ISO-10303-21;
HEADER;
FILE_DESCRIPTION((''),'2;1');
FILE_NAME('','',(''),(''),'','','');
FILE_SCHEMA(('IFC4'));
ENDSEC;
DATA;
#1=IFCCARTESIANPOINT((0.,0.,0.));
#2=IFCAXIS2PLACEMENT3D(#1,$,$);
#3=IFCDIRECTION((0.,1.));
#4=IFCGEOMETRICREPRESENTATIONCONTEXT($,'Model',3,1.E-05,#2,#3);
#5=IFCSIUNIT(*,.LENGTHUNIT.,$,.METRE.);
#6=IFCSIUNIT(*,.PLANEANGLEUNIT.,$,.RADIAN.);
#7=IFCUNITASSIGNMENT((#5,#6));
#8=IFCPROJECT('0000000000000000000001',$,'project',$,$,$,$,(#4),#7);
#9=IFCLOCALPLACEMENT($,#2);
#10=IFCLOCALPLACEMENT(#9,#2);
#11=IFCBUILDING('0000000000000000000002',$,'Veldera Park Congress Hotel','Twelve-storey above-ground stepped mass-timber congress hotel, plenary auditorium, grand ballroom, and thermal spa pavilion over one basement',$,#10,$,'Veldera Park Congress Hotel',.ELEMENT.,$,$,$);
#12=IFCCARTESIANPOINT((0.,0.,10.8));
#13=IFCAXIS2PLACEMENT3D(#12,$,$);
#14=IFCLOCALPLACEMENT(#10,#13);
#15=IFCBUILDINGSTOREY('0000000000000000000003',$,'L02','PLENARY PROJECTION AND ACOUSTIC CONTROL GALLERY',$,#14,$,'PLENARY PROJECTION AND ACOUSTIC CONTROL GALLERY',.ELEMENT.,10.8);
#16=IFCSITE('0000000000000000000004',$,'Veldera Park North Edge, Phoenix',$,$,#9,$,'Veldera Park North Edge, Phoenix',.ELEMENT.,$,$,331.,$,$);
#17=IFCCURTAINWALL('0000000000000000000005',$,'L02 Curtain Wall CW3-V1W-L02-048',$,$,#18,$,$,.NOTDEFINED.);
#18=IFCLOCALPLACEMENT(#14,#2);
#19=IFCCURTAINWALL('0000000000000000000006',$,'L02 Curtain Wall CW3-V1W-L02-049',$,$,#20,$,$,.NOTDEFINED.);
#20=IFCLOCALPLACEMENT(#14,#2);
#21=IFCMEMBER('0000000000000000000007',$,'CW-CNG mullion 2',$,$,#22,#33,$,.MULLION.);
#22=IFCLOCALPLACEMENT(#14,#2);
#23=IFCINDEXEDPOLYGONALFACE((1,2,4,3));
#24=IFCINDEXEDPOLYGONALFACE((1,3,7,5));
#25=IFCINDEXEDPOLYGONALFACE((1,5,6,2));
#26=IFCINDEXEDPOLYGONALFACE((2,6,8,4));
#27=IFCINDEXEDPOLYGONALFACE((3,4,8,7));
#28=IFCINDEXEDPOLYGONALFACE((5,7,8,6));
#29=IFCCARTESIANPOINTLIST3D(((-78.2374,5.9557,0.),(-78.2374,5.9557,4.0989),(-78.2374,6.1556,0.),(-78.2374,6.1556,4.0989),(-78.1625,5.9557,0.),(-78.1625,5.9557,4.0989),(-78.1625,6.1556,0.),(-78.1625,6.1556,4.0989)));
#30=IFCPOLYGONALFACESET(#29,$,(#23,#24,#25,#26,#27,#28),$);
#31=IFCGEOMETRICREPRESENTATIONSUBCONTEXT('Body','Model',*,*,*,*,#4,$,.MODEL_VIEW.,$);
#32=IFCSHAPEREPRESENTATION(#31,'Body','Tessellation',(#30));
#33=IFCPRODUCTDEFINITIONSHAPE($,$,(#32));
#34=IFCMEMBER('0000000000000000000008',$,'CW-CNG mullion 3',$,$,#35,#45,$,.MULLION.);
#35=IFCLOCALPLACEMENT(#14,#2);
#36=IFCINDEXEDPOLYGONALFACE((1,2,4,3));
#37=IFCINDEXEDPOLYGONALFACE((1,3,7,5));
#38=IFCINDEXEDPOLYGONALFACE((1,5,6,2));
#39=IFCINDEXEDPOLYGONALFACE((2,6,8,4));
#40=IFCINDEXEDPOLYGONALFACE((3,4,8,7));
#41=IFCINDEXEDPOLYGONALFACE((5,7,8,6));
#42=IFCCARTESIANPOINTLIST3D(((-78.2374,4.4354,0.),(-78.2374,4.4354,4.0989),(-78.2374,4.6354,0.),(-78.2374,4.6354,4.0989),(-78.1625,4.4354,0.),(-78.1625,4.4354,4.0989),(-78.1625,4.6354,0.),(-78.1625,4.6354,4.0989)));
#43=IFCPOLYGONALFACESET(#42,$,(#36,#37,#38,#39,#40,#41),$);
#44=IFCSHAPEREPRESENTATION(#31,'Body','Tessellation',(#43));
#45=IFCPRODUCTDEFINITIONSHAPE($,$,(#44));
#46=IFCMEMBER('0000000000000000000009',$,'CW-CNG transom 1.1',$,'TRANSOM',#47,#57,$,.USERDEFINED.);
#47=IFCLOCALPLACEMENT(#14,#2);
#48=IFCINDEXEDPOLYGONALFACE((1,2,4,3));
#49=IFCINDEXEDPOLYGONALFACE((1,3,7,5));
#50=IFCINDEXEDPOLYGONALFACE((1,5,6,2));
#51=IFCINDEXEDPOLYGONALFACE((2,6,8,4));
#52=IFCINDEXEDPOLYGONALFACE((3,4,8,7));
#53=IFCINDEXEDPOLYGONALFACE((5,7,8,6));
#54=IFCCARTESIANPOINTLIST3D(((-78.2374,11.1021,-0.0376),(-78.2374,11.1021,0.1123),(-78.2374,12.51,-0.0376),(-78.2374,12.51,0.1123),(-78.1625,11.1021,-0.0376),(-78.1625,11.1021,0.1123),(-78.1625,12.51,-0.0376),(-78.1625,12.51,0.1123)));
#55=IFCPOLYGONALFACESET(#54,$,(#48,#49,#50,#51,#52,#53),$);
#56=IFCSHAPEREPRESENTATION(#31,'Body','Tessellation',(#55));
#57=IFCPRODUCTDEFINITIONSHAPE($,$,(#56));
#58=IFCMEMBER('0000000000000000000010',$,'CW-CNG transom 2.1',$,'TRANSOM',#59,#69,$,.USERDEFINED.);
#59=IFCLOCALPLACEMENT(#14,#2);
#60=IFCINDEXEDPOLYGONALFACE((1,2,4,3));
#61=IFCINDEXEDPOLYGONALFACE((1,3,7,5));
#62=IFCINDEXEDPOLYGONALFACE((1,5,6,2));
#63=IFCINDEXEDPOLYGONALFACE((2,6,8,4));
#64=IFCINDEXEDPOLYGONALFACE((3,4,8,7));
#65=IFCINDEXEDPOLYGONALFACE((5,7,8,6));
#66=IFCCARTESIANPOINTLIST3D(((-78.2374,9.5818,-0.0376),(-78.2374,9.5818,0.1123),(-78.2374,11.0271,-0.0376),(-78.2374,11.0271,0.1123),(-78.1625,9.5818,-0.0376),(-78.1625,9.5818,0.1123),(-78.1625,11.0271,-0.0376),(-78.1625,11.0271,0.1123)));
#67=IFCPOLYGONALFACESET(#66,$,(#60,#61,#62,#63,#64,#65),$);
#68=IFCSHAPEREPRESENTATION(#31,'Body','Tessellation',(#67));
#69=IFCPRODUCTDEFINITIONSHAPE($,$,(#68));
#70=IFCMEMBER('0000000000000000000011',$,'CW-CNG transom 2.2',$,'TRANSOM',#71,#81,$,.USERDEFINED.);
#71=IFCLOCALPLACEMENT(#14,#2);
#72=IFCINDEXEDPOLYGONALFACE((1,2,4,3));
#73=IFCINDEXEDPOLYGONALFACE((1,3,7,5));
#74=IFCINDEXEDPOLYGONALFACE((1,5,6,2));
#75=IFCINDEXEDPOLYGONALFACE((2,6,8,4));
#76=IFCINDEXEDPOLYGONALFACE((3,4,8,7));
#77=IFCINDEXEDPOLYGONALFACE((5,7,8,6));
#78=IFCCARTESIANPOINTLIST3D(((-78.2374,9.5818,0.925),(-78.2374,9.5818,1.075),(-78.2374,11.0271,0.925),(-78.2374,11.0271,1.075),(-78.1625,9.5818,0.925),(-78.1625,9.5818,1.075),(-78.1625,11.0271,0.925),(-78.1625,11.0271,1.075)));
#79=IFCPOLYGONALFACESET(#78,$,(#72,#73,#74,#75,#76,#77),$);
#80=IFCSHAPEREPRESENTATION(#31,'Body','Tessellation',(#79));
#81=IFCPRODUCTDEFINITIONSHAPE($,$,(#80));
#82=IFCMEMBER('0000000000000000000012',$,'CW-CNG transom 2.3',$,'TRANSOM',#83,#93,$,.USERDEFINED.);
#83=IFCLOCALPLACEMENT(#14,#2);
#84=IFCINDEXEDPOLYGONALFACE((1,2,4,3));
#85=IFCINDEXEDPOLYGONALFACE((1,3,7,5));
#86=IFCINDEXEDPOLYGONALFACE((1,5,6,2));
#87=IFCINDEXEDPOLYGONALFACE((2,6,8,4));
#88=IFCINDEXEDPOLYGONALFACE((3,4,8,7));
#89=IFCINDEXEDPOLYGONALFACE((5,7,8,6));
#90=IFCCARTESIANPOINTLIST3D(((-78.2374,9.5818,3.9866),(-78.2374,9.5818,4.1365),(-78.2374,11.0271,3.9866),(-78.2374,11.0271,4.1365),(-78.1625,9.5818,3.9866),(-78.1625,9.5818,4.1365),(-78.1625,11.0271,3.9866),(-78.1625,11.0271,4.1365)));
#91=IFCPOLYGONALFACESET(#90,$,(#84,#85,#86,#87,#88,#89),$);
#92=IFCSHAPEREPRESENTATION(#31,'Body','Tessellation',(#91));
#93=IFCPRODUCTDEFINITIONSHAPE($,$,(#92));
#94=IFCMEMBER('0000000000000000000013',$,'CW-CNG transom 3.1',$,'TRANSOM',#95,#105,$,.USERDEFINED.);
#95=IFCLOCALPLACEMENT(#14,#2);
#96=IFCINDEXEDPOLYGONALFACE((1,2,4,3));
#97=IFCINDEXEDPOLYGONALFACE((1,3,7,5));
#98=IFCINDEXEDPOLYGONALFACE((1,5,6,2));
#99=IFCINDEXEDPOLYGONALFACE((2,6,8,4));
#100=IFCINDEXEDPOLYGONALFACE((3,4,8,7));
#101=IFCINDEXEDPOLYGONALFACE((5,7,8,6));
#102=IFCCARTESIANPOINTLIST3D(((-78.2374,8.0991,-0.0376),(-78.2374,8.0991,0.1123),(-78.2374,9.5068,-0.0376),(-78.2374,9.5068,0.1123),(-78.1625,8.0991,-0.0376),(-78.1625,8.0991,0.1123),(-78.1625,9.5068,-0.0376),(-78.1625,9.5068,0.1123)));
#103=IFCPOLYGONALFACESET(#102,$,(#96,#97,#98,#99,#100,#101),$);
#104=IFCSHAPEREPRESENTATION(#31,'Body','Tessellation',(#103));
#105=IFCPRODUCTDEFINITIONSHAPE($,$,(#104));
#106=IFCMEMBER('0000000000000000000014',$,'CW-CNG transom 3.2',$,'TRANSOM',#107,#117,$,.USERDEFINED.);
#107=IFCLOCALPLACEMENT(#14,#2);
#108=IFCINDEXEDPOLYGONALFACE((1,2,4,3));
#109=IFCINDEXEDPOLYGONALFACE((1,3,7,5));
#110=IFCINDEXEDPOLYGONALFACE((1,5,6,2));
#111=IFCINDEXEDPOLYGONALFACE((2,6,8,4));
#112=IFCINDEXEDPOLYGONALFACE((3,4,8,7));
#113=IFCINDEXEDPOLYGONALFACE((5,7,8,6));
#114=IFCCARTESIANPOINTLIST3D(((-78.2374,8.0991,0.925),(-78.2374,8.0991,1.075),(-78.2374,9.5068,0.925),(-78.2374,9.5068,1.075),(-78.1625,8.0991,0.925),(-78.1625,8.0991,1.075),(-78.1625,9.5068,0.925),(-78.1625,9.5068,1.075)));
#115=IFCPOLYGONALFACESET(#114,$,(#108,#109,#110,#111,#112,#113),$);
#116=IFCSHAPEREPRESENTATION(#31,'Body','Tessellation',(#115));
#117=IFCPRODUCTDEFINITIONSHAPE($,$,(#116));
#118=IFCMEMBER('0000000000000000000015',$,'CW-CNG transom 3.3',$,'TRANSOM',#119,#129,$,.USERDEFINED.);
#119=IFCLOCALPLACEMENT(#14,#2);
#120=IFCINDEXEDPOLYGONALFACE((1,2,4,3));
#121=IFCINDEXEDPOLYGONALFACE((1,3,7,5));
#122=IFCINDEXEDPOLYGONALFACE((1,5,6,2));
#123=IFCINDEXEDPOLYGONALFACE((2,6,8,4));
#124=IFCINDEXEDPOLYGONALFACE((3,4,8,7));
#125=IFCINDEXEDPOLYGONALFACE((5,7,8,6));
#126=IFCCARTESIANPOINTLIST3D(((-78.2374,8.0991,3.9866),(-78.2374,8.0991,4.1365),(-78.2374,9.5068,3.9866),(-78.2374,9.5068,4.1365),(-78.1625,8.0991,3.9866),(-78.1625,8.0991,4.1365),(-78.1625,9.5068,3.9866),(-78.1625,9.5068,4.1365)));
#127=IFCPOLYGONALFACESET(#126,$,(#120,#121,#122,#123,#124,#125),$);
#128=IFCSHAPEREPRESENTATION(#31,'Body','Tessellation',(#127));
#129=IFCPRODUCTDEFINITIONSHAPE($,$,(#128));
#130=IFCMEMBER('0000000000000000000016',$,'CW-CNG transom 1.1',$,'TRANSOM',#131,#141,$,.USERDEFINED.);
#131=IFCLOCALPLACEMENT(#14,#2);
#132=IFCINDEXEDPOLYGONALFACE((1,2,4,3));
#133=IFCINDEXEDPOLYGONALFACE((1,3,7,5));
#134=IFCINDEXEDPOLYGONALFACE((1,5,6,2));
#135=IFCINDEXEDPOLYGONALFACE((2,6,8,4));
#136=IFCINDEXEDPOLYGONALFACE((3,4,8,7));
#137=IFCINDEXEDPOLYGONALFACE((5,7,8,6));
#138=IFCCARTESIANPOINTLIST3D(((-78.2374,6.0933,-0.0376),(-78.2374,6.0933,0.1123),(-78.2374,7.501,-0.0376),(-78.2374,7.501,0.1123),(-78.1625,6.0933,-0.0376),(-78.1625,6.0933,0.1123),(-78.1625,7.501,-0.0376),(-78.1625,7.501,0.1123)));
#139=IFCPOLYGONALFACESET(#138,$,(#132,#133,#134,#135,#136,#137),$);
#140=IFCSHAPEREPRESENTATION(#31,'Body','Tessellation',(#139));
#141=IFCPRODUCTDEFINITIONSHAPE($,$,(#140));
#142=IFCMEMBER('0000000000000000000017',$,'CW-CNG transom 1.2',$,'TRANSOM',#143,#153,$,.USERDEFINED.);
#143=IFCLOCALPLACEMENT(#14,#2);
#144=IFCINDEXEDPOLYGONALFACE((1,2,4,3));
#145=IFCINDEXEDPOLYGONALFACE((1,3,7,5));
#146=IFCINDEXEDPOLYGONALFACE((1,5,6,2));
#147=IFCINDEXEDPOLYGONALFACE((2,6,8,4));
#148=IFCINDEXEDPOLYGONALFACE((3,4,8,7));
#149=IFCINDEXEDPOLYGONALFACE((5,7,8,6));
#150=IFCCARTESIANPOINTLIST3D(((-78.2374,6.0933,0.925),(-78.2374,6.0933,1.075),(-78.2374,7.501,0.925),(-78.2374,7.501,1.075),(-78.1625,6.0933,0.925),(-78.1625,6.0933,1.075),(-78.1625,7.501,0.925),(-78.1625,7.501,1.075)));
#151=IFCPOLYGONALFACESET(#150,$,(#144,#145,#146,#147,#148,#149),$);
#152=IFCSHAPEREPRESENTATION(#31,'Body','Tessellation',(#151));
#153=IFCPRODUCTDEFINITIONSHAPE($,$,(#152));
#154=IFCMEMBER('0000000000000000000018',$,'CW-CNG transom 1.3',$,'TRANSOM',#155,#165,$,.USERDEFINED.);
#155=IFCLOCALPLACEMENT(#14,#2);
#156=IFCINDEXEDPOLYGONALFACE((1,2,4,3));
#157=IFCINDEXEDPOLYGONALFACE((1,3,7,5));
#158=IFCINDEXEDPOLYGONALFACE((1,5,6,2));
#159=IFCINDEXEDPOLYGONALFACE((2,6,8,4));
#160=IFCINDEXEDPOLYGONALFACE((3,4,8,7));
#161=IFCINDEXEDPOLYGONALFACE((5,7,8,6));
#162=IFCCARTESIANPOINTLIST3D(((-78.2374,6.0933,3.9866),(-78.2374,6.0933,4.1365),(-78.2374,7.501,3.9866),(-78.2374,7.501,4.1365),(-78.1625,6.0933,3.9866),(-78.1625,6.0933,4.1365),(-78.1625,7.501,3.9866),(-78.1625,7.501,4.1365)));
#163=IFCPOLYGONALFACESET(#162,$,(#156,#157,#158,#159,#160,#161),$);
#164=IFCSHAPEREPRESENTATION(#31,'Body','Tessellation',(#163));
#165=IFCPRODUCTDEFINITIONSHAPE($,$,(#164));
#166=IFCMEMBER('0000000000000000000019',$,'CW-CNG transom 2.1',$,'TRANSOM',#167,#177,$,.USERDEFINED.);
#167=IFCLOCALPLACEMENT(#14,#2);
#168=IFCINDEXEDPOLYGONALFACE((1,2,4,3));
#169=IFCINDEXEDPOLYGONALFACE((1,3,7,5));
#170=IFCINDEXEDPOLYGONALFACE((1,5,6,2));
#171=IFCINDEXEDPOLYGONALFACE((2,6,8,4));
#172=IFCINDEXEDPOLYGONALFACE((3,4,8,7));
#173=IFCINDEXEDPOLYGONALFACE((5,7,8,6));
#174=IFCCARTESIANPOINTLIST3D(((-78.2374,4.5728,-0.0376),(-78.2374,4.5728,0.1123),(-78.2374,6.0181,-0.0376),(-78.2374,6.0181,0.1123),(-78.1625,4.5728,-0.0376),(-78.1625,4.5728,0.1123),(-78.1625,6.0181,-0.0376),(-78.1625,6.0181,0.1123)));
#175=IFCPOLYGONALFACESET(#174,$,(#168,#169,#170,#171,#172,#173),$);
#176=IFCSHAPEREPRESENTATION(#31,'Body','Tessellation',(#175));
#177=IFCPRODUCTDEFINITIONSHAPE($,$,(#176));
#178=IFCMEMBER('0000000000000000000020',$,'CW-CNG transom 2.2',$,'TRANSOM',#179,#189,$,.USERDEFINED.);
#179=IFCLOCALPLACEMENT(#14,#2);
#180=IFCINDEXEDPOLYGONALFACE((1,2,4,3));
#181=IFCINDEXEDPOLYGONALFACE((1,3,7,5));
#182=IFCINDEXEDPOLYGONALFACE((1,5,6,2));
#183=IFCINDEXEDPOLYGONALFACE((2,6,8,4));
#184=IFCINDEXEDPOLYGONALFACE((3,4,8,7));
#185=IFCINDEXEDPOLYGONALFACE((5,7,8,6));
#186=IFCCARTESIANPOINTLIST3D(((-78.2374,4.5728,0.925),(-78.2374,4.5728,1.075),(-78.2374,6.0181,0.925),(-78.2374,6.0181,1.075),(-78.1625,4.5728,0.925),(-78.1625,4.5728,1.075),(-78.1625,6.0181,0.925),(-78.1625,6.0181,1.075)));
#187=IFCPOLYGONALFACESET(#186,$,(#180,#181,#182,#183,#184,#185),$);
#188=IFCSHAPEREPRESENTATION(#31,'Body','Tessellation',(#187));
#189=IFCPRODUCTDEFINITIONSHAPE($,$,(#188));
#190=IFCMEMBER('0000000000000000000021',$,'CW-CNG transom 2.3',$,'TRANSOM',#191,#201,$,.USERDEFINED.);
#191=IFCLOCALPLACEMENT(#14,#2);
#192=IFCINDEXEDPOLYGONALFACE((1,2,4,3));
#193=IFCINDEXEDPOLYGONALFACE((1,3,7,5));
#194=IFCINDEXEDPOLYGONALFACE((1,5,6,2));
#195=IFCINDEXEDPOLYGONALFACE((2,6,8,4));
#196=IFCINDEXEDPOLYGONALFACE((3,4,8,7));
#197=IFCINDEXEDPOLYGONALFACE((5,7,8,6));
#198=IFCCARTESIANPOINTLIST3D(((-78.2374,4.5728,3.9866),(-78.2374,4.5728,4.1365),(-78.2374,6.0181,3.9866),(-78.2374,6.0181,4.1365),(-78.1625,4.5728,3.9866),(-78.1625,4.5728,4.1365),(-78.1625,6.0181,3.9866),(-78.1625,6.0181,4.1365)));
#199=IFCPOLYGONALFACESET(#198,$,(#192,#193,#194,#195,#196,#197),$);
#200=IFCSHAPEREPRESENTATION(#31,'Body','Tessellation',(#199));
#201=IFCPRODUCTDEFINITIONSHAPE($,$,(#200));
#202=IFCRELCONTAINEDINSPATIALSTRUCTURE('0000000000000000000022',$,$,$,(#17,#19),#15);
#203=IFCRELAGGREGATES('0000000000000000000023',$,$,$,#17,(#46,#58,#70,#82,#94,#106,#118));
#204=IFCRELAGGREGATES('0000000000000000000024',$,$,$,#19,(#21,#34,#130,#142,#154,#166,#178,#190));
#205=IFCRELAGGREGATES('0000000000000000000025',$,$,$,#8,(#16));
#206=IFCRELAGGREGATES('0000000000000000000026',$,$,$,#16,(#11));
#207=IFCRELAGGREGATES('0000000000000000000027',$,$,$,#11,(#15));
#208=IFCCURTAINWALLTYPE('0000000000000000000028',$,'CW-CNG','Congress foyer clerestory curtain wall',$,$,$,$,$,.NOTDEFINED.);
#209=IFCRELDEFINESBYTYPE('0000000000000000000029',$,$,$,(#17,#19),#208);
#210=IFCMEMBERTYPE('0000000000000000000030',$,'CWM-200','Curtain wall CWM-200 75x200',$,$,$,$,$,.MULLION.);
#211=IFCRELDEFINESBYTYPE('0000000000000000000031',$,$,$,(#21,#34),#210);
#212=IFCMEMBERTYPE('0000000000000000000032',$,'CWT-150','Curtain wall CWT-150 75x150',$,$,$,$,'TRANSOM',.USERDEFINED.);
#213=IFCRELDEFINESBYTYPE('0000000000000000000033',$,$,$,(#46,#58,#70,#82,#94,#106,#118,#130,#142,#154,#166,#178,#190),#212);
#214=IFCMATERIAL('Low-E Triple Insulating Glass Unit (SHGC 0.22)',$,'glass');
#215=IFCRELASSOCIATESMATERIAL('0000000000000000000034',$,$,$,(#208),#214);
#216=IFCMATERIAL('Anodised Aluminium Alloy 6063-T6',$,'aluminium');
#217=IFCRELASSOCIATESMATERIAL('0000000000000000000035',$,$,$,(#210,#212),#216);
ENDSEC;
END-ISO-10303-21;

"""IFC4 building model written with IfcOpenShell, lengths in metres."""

from ifc_helpers import new_model, si_unit, direction, frame, origin, origin_2d, place, context, subcontext, project, spatial, rectangle, extrude, material, material_profile, profile_set, type_object, element, aggregate, save


model = new_model("IFC4")

# Units and contexts
model_context = context("Model", 3, precision=1e-05, world=origin(), true_north=direction((0.0, 1.0)))
body_context = subcontext(model_context, "Body", "Model", "MODEL_VIEW")
ifc_project = project(units=[si_unit("LENGTHUNIT", "METRE"), si_unit("PLANEANGLEUNIT", "RADIAN")], contexts=[model_context])

# Site, building, storey
site_placement = place(None, origin())
site = spatial("IfcSite", under=ifc_project, at=site_placement, Name="Veldera Park North Edge, Phoenix", LongName="Veldera Park North Edge, Phoenix", CompositionType="ELEMENT", RefElevation=331.0)
building_placement = place(site_placement, origin())
building = spatial("IfcBuilding", under=site, at=building_placement, Name="Veldera Park Congress Hotel", Description="Twelve-storey above-ground stepped mass-timber congress hotel, plenary auditorium, grand ballroom, and thermal spa pavilion over one basement", LongName="Veldera Park Congress Hotel", CompositionType="ELEMENT")
storey_placement = place(building_placement, frame((0.0, 0.0, 10.8)))
storey = spatial("IfcBuildingStorey", under=building, at=storey_placement, Name="L02", Description="PLENARY PROJECTION AND ACOUSTIC CONTROL GALLERY", LongName="PLENARY PROJECTION AND ACOUSTIC CONTROL GALLERY", CompositionType="ELEMENT", Elevation=10.8)

# Curtain walls, members
ifc_material_1 = material(Name="Low-E Triple Insulating Glass Unit (SHGC 0.22)", Category="glass")
curtain_wall_type = type_object("IfcCurtainWallType", Name="CW-CNG", Description="Congress foyer clerestory curtain wall", PredefinedType="NOTDEFINED", material=ifc_material_1)
curtain_wall_1_placement = place(storey_placement, origin())
curtain_wall_1 = element("IfcCurtainWall", 1, at=curtain_wall_1_placement, inside=storey, type_object=curtain_wall_type, Name="L02 Curtain Wall CW3-V1W-L02-048", PredefinedType="NOTDEFINED")
ifc_material_2 = material(Name="Anodised Aluminium Alloy 6063-T6", Category="aluminium")
ifc_material_profile_1 = material_profile(ifc_material_2, rectangle(XDim=0.075, YDim=0.2, at=origin_2d()), Name="ALU 75x200")
ifc_profile_set_1 = profile_set([ifc_material_profile_1], Name="Anodised Aluminium Alloy 6063-T6")
member_type_1 = type_object("IfcMemberType", Name="CWM-200", Description="Curtain wall CWM-200 75x200", PredefinedType="MULLION", material=ifc_profile_set_1)
curtain_wall_2_placement = place(storey_placement, origin())
curtain_wall_2 = element("IfcCurtainWall", 2, at=curtain_wall_2_placement, inside=storey, type_object=curtain_wall_type, Name="L02 Curtain Wall CW3-V1W-L02-049", PredefinedType="NOTDEFINED")
member_1_placement = place(storey_placement, frame((-78.2, 6.0557, 0.0), z_axis=(0.0, 0.0, 1.0), x_axis=(1.0, 0.0, 0.0)))
member_1 = element("IfcMember", 3, at=member_1_placement, type_object=member_type_1, Name="CW-CNG mullion 2", PredefinedType="MULLION", context=body_context, shape_type="SweptSolid", body=[
    extrude(rectangle(XDim=0.075, YDim=0.2, at=origin_2d()), origin(), (0.0, 0.0, 1.0), 4.0989),
])
member_2_placement = place(storey_placement, frame((-78.2, 4.5354, 0.0), z_axis=(0.0, 0.0, 1.0), x_axis=(1.0, 0.0, 0.0)))
member_2 = element("IfcMember", 4, at=member_2_placement, type_object=member_type_1, Name="CW-CNG mullion 3", PredefinedType="MULLION", context=body_context, shape_type="SweptSolid", body=[
    extrude(rectangle(XDim=0.075, YDim=0.2, at=origin_2d()), origin(), (0.0, 0.0, 1.0), 4.0989),
])

# Members
ifc_material_profile_2 = material_profile(ifc_material_2, rectangle(XDim=0.075, YDim=0.1499, at=origin_2d()), Name="ALU 75x150")
ifc_profile_set_2 = profile_set([ifc_material_profile_2], Name="Anodised Aluminium Alloy 6063-T6")
member_type_2 = type_object("IfcMemberType", Name="CWT-150", Description="Curtain wall CWT-150 75x150", ElementType="TRANSOM", PredefinedType="USERDEFINED", material=ifc_profile_set_2)
member_3_placement = place(storey_placement, frame((-78.2, 12.51, 0.0374), z_axis=(0.0, -1.0, 0.0), x_axis=(1.0, 0.0, 0.0)))
member_3 = element("IfcMember", 5, at=member_3_placement, type_object=member_type_2, Name="CW-CNG transom 1.1", ObjectType="TRANSOM", PredefinedType="USERDEFINED", context=body_context, shape_type="SweptSolid", body=[
    extrude(rectangle(XDim=0.075, YDim=0.1499, at=origin_2d()), origin(), (0.0, 0.0, 1.0), 1.408),
])
member_4_placement = place(storey_placement, frame((-78.2, 11.0271, 0.0374), z_axis=(0.0, -1.0, 0.0), x_axis=(1.0, 0.0, 0.0)))
member_4 = element("IfcMember", 6, at=member_4_placement, type_object=member_type_2, Name="CW-CNG transom 2.1", ObjectType="TRANSOM", PredefinedType="USERDEFINED", context=body_context, shape_type="SweptSolid", body=[
    extrude(rectangle(XDim=0.075, YDim=0.1499, at=origin_2d()), origin(), (0.0, 0.0, 1.0), 1.4453),
])
member_5_placement = place(storey_placement, frame((-78.2, 11.0271, 1.0), z_axis=(0.0, -1.0, 0.0), x_axis=(1.0, 0.0, 0.0)))
member_5 = element("IfcMember", 7, at=member_5_placement, type_object=member_type_2, Name="CW-CNG transom 2.2", ObjectType="TRANSOM", PredefinedType="USERDEFINED", context=body_context, shape_type="SweptSolid", body=[
    extrude(rectangle(XDim=0.075, YDim=0.1499, at=origin_2d()), origin(), (0.0, 0.0, 1.0), 1.4453),
])
member_6_placement = place(storey_placement, frame((-78.2, 11.0271, 4.0615), z_axis=(0.0, -1.0, 0.0), x_axis=(1.0, 0.0, 0.0)))
member_6 = element("IfcMember", 8, at=member_6_placement, type_object=member_type_2, Name="CW-CNG transom 2.3", ObjectType="TRANSOM", PredefinedType="USERDEFINED", context=body_context, shape_type="SweptSolid", body=[
    extrude(rectangle(XDim=0.075, YDim=0.1499, at=origin_2d()), origin(), (0.0, 0.0, 1.0), 1.4453),
])
member_7_placement = place(storey_placement, frame((-78.2, 9.5068, 0.0374), z_axis=(0.0, -1.0, 0.0), x_axis=(1.0, 0.0, 0.0)))
member_7 = element("IfcMember", 9, at=member_7_placement, type_object=member_type_2, Name="CW-CNG transom 3.1", ObjectType="TRANSOM", PredefinedType="USERDEFINED", context=body_context, shape_type="SweptSolid", body=[
    extrude(rectangle(XDim=0.075, YDim=0.1499, at=origin_2d()), origin(), (0.0, 0.0, 1.0), 1.4077),
])
member_8_placement = place(storey_placement, frame((-78.2, 9.5068, 1.0), z_axis=(0.0, -1.0, 0.0), x_axis=(1.0, 0.0, 0.0)))
member_8 = element("IfcMember", 10, at=member_8_placement, type_object=member_type_2, Name="CW-CNG transom 3.2", ObjectType="TRANSOM", PredefinedType="USERDEFINED", context=body_context, shape_type="SweptSolid", body=[
    extrude(rectangle(XDim=0.075, YDim=0.1499, at=origin_2d()), origin(), (0.0, 0.0, 1.0), 1.4077),
])
member_9_placement = place(storey_placement, frame((-78.2, 9.5068, 4.0615), z_axis=(0.0, -1.0, 0.0), x_axis=(1.0, 0.0, 0.0)))
member_9 = element("IfcMember", 11, at=member_9_placement, type_object=member_type_2, Name="CW-CNG transom 3.3", ObjectType="TRANSOM", PredefinedType="USERDEFINED", context=body_context, shape_type="SweptSolid", body=[
    extrude(rectangle(XDim=0.075, YDim=0.1499, at=origin_2d()), origin(), (0.0, 0.0, 1.0), 1.4077),
])
member_10_placement = place(storey_placement, frame((-78.2, 7.501, 0.0374), z_axis=(0.0, -1.0, 0.0), x_axis=(1.0, 0.0, 0.0)))
member_10 = element("IfcMember", 12, at=member_10_placement, type_object=member_type_2, Name="CW-CNG transom 1.1", ObjectType="TRANSOM", PredefinedType="USERDEFINED", context=body_context, shape_type="SweptSolid", body=[
    extrude(rectangle(XDim=0.075, YDim=0.1499, at=origin_2d()), origin(), (0.0, 0.0, 1.0), 1.4077),
])
member_11_placement = place(storey_placement, frame((-78.2, 7.501, 1.0), z_axis=(0.0, -1.0, 0.0), x_axis=(1.0, 0.0, 0.0)))
member_11 = element("IfcMember", 13, at=member_11_placement, type_object=member_type_2, Name="CW-CNG transom 1.2", ObjectType="TRANSOM", PredefinedType="USERDEFINED", context=body_context, shape_type="SweptSolid", body=[
    extrude(rectangle(XDim=0.075, YDim=0.1499, at=origin_2d()), origin(), (0.0, 0.0, 1.0), 1.4077),
])
member_12_placement = place(storey_placement, frame((-78.2, 7.501, 4.0615), z_axis=(0.0, -1.0, 0.0), x_axis=(1.0, 0.0, 0.0)))
member_12 = element("IfcMember", 14, at=member_12_placement, type_object=member_type_2, Name="CW-CNG transom 1.3", ObjectType="TRANSOM", PredefinedType="USERDEFINED", context=body_context, shape_type="SweptSolid", body=[
    extrude(rectangle(XDim=0.075, YDim=0.1499, at=origin_2d()), origin(), (0.0, 0.0, 1.0), 1.4077),
])
member_13_placement = place(storey_placement, frame((-78.2, 6.0181, 0.0374), z_axis=(0.0, -1.0, 0.0), x_axis=(1.0, 0.0, 0.0)))
member_13 = element("IfcMember", 15, at=member_13_placement, type_object=member_type_2, Name="CW-CNG transom 2.1", ObjectType="TRANSOM", PredefinedType="USERDEFINED", context=body_context, shape_type="SweptSolid", body=[
    extrude(rectangle(XDim=0.075, YDim=0.1499, at=origin_2d()), origin(), (0.0, 0.0, 1.0), 1.4453),
])
member_14_placement = place(storey_placement, frame((-78.2, 6.0181, 1.0), z_axis=(0.0, -1.0, 0.0), x_axis=(1.0, 0.0, 0.0)))
member_14 = element("IfcMember", 16, at=member_14_placement, type_object=member_type_2, Name="CW-CNG transom 2.2", ObjectType="TRANSOM", PredefinedType="USERDEFINED", context=body_context, shape_type="SweptSolid", body=[
    extrude(rectangle(XDim=0.075, YDim=0.1499, at=origin_2d()), origin(), (0.0, 0.0, 1.0), 1.4453),
])
member_15_placement = place(storey_placement, frame((-78.2, 6.0181, 4.0615), z_axis=(0.0, -1.0, 0.0), x_axis=(1.0, 0.0, 0.0)))
member_15 = element("IfcMember", 17, at=member_15_placement, type_object=member_type_2, Name="CW-CNG transom 2.3", ObjectType="TRANSOM", PredefinedType="USERDEFINED", context=body_context, shape_type="SweptSolid", body=[
    extrude(rectangle(XDim=0.075, YDim=0.1499, at=origin_2d()), origin(), (0.0, 0.0, 1.0), 1.4453),
])

aggregate(curtain_wall_1, [member_3, member_4, member_5, member_6, member_7, member_8, member_9])
aggregate(curtain_wall_2, [member_1, member_2, member_10, member_11, member_12, member_13, member_14, member_15])

save(model, "model.ifc")
